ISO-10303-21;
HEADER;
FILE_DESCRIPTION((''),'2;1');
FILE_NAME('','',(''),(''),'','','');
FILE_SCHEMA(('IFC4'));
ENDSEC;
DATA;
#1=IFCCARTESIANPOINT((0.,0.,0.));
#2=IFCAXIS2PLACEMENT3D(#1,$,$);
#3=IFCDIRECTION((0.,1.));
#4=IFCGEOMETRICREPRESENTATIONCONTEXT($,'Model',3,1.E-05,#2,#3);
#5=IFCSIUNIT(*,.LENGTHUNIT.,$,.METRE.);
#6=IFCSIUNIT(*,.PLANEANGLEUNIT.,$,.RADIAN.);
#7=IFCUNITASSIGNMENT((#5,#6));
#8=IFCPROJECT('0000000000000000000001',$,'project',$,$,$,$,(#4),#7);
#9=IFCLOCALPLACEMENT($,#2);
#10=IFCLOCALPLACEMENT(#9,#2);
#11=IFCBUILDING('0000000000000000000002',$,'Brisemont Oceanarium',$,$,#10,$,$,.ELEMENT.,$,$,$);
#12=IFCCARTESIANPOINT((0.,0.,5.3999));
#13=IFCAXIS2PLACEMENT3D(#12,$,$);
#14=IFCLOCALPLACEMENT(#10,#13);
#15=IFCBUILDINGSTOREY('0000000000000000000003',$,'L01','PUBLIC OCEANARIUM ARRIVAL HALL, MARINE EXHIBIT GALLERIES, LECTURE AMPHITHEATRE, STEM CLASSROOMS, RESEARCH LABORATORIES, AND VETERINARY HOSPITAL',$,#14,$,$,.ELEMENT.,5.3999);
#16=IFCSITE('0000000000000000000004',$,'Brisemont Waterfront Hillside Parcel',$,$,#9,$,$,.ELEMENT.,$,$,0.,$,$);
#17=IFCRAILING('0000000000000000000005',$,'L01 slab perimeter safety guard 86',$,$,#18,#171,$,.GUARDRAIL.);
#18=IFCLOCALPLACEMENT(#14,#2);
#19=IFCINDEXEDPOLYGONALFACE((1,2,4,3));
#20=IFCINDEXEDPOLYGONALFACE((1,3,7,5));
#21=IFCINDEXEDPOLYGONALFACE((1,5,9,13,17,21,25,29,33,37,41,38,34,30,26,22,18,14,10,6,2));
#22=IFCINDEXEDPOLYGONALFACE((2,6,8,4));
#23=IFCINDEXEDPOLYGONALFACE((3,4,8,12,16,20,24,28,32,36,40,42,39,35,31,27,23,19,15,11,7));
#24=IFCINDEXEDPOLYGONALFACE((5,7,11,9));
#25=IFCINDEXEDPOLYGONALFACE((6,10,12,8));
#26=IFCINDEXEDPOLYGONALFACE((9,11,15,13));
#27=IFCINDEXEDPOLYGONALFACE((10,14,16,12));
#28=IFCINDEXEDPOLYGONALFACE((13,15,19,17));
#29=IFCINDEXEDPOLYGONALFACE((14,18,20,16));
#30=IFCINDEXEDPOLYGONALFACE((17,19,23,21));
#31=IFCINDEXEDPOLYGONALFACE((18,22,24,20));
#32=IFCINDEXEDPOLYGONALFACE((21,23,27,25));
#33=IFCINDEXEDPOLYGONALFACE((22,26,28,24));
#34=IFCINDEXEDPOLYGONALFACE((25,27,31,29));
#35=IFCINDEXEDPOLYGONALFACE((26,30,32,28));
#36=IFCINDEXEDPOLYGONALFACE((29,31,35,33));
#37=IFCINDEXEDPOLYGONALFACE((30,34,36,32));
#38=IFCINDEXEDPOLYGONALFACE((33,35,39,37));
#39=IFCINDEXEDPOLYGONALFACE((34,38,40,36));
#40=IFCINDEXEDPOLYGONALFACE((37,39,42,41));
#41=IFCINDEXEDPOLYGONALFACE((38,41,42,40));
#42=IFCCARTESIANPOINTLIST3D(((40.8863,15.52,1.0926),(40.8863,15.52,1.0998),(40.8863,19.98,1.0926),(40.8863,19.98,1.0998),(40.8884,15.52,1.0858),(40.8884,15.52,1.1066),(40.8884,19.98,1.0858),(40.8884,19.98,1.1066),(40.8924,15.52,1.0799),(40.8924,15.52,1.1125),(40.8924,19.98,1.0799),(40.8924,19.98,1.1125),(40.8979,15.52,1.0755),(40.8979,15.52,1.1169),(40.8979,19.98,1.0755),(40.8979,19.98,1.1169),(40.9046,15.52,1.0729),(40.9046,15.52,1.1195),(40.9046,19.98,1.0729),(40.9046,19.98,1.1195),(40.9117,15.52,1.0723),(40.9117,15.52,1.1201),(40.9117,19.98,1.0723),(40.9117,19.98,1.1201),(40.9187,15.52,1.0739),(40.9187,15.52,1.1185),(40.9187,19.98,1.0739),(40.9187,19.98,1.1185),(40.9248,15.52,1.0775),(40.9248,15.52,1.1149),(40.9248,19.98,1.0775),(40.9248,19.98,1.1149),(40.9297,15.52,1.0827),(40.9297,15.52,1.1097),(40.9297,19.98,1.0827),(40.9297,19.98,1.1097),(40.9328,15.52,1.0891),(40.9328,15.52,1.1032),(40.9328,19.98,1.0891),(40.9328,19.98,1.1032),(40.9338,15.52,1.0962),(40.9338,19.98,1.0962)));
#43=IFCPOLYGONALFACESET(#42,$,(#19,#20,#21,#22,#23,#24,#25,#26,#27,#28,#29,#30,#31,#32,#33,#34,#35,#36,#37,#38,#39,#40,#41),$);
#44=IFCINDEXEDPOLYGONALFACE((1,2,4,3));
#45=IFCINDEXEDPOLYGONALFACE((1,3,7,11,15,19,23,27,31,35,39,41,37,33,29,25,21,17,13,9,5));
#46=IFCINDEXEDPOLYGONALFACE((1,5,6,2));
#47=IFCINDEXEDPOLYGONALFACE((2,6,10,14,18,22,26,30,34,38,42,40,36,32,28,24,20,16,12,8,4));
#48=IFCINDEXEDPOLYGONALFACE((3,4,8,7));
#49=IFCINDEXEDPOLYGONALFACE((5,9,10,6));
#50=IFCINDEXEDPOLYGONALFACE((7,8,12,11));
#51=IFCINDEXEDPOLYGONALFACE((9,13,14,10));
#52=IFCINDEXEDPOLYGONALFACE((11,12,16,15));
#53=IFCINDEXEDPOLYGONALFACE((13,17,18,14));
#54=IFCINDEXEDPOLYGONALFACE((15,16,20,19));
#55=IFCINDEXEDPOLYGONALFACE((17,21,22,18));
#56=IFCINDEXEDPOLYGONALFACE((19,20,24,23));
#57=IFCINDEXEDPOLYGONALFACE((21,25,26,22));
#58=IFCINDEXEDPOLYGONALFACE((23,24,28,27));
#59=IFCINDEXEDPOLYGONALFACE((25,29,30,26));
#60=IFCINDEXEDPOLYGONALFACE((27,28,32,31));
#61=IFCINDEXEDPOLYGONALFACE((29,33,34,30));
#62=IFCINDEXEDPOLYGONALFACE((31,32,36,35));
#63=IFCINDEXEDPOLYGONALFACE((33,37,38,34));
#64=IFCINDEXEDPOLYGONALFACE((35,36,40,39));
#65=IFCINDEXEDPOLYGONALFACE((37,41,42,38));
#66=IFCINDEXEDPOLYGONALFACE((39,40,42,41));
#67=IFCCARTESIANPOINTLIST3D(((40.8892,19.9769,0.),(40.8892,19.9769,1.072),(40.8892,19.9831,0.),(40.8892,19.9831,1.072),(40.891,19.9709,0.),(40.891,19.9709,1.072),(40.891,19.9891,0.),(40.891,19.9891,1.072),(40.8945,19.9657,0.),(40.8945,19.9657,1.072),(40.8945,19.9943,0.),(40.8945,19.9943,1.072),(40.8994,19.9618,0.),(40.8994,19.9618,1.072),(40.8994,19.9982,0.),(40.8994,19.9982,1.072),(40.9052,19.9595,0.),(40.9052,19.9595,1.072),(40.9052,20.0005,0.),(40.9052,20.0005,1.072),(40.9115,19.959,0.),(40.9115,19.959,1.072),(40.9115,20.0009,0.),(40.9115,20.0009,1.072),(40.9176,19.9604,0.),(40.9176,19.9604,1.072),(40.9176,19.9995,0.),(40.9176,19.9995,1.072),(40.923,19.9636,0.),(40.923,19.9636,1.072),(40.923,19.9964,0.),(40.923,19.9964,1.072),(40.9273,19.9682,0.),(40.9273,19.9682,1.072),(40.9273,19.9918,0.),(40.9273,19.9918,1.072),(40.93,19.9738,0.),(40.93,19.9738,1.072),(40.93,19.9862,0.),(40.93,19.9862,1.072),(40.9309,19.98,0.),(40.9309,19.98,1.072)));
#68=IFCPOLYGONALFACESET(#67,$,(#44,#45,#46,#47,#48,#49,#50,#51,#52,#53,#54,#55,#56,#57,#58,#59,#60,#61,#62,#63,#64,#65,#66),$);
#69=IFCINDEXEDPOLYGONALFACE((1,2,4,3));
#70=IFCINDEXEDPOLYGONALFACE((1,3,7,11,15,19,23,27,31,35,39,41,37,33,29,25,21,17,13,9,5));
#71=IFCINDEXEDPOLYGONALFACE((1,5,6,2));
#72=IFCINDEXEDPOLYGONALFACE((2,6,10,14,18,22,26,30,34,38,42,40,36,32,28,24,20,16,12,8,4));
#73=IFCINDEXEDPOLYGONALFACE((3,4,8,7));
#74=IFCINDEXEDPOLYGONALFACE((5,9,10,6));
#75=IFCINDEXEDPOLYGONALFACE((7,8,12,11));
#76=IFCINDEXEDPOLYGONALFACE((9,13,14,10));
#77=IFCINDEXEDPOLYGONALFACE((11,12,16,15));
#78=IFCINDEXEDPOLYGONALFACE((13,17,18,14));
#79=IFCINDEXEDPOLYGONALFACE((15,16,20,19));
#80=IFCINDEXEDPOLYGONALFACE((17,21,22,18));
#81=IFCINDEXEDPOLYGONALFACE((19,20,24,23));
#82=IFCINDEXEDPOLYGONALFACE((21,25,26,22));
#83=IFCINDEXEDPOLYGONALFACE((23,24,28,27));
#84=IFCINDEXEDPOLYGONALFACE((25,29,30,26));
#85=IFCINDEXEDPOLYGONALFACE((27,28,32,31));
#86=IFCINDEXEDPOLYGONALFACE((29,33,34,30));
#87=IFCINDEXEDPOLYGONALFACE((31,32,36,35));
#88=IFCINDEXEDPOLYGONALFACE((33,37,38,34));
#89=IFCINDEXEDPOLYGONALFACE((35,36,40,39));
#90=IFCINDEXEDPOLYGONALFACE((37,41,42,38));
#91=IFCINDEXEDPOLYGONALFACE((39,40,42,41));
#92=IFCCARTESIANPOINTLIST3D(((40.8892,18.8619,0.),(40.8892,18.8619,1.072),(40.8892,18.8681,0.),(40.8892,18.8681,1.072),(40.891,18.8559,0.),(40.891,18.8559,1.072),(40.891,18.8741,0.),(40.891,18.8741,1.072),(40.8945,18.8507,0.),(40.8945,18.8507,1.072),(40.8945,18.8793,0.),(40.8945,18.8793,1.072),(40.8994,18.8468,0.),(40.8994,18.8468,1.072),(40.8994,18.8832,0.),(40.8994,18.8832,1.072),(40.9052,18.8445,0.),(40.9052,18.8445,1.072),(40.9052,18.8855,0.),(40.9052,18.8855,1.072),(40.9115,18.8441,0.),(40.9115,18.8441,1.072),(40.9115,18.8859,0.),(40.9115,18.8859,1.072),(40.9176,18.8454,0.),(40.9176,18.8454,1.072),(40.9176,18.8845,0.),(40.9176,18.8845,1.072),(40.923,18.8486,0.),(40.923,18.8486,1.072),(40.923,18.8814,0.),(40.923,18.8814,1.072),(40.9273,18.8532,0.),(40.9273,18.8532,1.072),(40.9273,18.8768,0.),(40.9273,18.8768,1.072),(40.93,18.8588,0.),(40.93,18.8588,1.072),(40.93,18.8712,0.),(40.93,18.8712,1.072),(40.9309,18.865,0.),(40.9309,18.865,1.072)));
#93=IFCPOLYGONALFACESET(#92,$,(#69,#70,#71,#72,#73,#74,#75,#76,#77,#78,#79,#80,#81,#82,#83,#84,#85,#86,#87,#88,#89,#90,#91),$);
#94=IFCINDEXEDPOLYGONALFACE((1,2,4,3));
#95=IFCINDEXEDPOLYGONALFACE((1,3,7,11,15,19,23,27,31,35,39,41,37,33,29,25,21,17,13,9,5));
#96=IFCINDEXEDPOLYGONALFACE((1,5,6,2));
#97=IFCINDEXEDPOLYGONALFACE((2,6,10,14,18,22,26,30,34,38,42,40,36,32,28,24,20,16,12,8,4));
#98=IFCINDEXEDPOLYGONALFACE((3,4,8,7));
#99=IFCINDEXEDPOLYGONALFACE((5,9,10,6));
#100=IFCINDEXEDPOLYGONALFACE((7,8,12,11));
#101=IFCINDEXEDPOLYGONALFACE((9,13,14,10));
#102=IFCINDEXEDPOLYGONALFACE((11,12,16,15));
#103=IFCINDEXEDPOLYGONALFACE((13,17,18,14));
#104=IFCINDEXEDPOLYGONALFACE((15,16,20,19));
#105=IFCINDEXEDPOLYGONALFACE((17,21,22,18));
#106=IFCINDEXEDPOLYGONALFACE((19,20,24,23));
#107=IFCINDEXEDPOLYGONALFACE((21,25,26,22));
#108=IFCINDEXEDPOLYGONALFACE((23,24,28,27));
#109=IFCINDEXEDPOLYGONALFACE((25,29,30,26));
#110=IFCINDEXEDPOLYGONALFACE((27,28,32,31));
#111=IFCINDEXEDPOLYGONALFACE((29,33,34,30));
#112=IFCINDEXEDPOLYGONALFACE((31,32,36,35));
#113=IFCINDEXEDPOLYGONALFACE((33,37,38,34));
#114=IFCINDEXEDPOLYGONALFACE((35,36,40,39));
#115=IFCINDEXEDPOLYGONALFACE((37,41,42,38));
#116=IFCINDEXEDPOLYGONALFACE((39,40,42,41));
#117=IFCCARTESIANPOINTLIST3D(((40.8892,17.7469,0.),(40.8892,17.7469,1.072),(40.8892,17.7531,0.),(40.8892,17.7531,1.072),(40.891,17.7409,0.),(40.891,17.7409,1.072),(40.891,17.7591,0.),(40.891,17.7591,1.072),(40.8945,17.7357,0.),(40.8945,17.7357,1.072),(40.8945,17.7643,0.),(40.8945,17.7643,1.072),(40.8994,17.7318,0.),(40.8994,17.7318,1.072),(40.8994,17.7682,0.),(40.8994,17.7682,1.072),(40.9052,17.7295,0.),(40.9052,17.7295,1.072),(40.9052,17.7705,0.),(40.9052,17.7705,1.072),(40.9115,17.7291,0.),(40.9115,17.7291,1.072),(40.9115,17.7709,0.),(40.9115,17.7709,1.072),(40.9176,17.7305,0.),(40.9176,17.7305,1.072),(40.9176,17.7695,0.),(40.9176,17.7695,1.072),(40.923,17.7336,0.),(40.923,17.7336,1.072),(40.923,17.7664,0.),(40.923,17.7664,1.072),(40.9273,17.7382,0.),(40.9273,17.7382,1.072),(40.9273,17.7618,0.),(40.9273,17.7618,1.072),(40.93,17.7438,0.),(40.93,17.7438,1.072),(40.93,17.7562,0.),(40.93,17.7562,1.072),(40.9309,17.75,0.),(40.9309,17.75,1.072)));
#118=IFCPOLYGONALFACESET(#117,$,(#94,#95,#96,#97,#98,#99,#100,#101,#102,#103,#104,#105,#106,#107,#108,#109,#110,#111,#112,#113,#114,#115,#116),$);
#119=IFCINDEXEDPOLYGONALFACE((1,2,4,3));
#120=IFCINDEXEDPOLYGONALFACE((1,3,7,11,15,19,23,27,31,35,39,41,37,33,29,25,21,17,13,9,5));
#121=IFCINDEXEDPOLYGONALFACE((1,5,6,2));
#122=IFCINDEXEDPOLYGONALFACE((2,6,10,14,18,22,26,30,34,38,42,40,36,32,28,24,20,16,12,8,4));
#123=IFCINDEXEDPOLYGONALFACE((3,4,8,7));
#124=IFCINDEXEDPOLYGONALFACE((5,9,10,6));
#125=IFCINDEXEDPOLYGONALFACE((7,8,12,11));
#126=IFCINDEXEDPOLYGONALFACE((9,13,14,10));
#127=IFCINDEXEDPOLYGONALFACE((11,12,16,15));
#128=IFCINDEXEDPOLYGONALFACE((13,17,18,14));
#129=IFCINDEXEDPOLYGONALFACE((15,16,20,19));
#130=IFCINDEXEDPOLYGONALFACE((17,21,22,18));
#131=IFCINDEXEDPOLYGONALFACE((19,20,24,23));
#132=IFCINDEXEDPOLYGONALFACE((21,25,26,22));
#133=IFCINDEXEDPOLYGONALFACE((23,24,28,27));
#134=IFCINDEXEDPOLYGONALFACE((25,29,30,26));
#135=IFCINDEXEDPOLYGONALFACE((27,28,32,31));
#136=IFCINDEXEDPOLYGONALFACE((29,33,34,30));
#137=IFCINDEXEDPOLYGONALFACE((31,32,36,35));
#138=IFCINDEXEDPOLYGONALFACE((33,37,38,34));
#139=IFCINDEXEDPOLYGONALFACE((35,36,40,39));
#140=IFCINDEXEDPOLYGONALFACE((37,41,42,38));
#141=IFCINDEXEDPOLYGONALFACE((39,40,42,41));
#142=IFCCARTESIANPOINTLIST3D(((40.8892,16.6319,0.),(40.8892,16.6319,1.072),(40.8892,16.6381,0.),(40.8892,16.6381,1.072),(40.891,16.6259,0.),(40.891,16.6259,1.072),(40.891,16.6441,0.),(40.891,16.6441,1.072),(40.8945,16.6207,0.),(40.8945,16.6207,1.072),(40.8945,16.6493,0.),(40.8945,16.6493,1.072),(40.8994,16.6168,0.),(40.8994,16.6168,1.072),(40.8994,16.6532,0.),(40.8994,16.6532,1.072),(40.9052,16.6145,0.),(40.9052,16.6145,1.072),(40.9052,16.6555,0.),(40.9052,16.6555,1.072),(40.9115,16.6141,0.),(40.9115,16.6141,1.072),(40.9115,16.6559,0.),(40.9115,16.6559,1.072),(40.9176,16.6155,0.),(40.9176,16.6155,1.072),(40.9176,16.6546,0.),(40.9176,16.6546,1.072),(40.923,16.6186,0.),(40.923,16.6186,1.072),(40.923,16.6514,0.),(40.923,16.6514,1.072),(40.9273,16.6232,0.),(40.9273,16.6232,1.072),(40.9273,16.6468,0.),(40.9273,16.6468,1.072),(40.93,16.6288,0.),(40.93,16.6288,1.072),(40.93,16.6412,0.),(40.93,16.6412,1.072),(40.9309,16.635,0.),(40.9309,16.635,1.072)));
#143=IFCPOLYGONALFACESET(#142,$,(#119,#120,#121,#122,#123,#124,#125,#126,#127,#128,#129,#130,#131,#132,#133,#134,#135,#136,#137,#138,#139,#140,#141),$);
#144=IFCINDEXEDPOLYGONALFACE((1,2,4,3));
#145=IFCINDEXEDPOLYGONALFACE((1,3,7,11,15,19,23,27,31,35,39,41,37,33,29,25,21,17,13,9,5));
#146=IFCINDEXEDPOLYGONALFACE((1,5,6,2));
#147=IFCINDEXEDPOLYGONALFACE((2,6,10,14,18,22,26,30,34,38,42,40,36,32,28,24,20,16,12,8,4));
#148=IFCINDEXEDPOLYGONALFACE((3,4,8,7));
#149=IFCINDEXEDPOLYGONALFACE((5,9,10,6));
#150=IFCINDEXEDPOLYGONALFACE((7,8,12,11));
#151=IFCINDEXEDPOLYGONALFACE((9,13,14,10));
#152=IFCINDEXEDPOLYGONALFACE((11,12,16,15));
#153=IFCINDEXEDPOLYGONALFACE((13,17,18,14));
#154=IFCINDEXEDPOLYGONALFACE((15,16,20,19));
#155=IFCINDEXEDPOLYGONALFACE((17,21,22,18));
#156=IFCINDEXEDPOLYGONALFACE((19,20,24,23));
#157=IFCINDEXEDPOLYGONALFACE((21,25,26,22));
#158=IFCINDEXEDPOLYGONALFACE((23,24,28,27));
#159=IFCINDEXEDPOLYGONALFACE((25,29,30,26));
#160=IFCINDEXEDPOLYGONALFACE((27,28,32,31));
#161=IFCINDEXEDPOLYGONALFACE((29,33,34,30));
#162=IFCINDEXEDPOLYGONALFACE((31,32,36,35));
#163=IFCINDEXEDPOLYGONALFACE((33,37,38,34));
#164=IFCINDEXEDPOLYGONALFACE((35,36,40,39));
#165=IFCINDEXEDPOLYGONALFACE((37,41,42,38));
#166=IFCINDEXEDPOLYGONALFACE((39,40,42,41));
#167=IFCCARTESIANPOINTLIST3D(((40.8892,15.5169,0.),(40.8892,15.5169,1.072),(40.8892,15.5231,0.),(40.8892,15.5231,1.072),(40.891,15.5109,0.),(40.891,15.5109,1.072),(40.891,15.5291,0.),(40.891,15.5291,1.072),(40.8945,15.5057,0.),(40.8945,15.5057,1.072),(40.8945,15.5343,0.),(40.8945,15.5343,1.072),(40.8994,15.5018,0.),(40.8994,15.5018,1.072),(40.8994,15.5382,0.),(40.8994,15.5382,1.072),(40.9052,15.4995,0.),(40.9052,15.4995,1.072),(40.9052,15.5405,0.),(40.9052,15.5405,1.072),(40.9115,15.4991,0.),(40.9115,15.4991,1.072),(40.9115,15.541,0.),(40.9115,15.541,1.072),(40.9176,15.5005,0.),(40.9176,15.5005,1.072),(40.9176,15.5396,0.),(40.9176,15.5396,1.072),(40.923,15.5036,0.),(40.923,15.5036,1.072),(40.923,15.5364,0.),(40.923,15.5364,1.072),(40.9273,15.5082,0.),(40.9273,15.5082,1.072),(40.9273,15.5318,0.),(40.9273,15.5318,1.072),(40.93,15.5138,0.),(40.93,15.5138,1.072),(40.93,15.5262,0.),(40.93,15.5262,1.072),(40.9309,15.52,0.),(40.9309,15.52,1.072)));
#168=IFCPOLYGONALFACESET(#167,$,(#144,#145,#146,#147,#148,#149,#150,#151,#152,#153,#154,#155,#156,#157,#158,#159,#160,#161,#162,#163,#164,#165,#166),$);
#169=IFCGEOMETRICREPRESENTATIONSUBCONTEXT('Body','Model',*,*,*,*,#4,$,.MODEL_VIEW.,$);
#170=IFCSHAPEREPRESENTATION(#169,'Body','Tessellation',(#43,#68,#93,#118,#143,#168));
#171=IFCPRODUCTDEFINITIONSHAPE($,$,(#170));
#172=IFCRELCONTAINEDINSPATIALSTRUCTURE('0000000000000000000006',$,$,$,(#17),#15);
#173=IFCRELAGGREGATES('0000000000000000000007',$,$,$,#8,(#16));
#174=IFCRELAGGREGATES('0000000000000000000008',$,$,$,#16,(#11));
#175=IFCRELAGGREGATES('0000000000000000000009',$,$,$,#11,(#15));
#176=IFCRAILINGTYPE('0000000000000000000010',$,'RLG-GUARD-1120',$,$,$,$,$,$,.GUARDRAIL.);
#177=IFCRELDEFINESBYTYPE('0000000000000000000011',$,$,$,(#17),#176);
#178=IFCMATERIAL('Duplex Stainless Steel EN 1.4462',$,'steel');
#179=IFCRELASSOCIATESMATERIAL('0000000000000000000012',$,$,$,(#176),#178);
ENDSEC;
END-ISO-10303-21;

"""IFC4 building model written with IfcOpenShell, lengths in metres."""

from ifc_helpers import new_model, si_unit, direction, frame, origin, origin_2d, place, context, subcontext, project, spatial, circle, extrude, material, type_object, element, save


model = new_model("IFC4")

# Units and contexts
model_context = context("Model", 3, precision=1e-05, world=origin(), true_north=direction((0.0, 1.0)))
body_context = subcontext(model_context, "Body", "Model", "MODEL_VIEW")
ifc_project = project(units=[si_unit("LENGTHUNIT", "METRE"), si_unit("PLANEANGLEUNIT", "RADIAN")], contexts=[model_context])

# Site, building, storey
site_placement = place(None, origin())
site = spatial("IfcSite", under=ifc_project, at=site_placement, Name="Brisemont Waterfront Hillside Parcel", CompositionType="ELEMENT", RefElevation=0.0)
building_placement = place(site_placement, origin())
building = spatial("IfcBuilding", under=site, at=building_placement, Name="Brisemont Oceanarium", CompositionType="ELEMENT")
storey_placement = place(building_placement, frame((0.0, 0.0, 5.3999)))
storey = spatial("IfcBuildingStorey", under=building, at=storey_placement, Name="L01", Description="PUBLIC OCEANARIUM ARRIVAL HALL, MARINE EXHIBIT GALLERIES, LECTURE AMPHITHEATRE, STEM CLASSROOMS, RESEARCH LABORATORIES, AND VETERINARY HOSPITAL", CompositionType="ELEMENT", Elevation=5.3999)

# Railing
ifc_material_1 = material(Name="Duplex Stainless Steel EN 1.4462", Category="steel")
railing_type_1 = type_object("IfcRailingType", Name="RLG-GUARD-1120", PredefinedType="GUARDRAIL", material=ifc_material_1)
railing_1_placement = place(storey_placement, frame((40.9099, 19.98, 0.0)))
element("IfcRailing", 1, at=railing_1_placement, inside=storey, type_object=railing_type_1, Name="L01 slab perimeter safety guard 86", PredefinedType="GUARDRAIL", context=body_context, shape_type="SweptSolid", body=[
    extrude(circle(Radius=0.0239, at=origin_2d()), frame((0.0, 0.0, 1.0962), z_axis=(0.0, -1.0, 0.0), x_axis=(1.0, 0.0, 0.0)), (0.0, 0.0, 1.0), 4.46),
    extrude(circle(Radius=0.021, at=origin_2d()), origin(), (0.0, 0.0, 1.0), 1.072),
    extrude(circle(Radius=0.021, at=origin_2d()), frame((0.0, -1.115, 0.0)), (0.0, 0.0, 1.0), 1.072),
    extrude(circle(Radius=0.021, at=origin_2d()), frame((0.0, -2.23, 0.0)), (0.0, 0.0, 1.0), 1.072),
    extrude(circle(Radius=0.021, at=origin_2d()), frame((0.0, -3.345, 0.0)), (0.0, 0.0, 1.0), 1.072),
    extrude(circle(Radius=0.021, at=origin_2d()), frame((0.0, -4.46, 0.0)), (0.0, 0.0, 1.0), 1.072),
])

save(model, "model.ifc")
